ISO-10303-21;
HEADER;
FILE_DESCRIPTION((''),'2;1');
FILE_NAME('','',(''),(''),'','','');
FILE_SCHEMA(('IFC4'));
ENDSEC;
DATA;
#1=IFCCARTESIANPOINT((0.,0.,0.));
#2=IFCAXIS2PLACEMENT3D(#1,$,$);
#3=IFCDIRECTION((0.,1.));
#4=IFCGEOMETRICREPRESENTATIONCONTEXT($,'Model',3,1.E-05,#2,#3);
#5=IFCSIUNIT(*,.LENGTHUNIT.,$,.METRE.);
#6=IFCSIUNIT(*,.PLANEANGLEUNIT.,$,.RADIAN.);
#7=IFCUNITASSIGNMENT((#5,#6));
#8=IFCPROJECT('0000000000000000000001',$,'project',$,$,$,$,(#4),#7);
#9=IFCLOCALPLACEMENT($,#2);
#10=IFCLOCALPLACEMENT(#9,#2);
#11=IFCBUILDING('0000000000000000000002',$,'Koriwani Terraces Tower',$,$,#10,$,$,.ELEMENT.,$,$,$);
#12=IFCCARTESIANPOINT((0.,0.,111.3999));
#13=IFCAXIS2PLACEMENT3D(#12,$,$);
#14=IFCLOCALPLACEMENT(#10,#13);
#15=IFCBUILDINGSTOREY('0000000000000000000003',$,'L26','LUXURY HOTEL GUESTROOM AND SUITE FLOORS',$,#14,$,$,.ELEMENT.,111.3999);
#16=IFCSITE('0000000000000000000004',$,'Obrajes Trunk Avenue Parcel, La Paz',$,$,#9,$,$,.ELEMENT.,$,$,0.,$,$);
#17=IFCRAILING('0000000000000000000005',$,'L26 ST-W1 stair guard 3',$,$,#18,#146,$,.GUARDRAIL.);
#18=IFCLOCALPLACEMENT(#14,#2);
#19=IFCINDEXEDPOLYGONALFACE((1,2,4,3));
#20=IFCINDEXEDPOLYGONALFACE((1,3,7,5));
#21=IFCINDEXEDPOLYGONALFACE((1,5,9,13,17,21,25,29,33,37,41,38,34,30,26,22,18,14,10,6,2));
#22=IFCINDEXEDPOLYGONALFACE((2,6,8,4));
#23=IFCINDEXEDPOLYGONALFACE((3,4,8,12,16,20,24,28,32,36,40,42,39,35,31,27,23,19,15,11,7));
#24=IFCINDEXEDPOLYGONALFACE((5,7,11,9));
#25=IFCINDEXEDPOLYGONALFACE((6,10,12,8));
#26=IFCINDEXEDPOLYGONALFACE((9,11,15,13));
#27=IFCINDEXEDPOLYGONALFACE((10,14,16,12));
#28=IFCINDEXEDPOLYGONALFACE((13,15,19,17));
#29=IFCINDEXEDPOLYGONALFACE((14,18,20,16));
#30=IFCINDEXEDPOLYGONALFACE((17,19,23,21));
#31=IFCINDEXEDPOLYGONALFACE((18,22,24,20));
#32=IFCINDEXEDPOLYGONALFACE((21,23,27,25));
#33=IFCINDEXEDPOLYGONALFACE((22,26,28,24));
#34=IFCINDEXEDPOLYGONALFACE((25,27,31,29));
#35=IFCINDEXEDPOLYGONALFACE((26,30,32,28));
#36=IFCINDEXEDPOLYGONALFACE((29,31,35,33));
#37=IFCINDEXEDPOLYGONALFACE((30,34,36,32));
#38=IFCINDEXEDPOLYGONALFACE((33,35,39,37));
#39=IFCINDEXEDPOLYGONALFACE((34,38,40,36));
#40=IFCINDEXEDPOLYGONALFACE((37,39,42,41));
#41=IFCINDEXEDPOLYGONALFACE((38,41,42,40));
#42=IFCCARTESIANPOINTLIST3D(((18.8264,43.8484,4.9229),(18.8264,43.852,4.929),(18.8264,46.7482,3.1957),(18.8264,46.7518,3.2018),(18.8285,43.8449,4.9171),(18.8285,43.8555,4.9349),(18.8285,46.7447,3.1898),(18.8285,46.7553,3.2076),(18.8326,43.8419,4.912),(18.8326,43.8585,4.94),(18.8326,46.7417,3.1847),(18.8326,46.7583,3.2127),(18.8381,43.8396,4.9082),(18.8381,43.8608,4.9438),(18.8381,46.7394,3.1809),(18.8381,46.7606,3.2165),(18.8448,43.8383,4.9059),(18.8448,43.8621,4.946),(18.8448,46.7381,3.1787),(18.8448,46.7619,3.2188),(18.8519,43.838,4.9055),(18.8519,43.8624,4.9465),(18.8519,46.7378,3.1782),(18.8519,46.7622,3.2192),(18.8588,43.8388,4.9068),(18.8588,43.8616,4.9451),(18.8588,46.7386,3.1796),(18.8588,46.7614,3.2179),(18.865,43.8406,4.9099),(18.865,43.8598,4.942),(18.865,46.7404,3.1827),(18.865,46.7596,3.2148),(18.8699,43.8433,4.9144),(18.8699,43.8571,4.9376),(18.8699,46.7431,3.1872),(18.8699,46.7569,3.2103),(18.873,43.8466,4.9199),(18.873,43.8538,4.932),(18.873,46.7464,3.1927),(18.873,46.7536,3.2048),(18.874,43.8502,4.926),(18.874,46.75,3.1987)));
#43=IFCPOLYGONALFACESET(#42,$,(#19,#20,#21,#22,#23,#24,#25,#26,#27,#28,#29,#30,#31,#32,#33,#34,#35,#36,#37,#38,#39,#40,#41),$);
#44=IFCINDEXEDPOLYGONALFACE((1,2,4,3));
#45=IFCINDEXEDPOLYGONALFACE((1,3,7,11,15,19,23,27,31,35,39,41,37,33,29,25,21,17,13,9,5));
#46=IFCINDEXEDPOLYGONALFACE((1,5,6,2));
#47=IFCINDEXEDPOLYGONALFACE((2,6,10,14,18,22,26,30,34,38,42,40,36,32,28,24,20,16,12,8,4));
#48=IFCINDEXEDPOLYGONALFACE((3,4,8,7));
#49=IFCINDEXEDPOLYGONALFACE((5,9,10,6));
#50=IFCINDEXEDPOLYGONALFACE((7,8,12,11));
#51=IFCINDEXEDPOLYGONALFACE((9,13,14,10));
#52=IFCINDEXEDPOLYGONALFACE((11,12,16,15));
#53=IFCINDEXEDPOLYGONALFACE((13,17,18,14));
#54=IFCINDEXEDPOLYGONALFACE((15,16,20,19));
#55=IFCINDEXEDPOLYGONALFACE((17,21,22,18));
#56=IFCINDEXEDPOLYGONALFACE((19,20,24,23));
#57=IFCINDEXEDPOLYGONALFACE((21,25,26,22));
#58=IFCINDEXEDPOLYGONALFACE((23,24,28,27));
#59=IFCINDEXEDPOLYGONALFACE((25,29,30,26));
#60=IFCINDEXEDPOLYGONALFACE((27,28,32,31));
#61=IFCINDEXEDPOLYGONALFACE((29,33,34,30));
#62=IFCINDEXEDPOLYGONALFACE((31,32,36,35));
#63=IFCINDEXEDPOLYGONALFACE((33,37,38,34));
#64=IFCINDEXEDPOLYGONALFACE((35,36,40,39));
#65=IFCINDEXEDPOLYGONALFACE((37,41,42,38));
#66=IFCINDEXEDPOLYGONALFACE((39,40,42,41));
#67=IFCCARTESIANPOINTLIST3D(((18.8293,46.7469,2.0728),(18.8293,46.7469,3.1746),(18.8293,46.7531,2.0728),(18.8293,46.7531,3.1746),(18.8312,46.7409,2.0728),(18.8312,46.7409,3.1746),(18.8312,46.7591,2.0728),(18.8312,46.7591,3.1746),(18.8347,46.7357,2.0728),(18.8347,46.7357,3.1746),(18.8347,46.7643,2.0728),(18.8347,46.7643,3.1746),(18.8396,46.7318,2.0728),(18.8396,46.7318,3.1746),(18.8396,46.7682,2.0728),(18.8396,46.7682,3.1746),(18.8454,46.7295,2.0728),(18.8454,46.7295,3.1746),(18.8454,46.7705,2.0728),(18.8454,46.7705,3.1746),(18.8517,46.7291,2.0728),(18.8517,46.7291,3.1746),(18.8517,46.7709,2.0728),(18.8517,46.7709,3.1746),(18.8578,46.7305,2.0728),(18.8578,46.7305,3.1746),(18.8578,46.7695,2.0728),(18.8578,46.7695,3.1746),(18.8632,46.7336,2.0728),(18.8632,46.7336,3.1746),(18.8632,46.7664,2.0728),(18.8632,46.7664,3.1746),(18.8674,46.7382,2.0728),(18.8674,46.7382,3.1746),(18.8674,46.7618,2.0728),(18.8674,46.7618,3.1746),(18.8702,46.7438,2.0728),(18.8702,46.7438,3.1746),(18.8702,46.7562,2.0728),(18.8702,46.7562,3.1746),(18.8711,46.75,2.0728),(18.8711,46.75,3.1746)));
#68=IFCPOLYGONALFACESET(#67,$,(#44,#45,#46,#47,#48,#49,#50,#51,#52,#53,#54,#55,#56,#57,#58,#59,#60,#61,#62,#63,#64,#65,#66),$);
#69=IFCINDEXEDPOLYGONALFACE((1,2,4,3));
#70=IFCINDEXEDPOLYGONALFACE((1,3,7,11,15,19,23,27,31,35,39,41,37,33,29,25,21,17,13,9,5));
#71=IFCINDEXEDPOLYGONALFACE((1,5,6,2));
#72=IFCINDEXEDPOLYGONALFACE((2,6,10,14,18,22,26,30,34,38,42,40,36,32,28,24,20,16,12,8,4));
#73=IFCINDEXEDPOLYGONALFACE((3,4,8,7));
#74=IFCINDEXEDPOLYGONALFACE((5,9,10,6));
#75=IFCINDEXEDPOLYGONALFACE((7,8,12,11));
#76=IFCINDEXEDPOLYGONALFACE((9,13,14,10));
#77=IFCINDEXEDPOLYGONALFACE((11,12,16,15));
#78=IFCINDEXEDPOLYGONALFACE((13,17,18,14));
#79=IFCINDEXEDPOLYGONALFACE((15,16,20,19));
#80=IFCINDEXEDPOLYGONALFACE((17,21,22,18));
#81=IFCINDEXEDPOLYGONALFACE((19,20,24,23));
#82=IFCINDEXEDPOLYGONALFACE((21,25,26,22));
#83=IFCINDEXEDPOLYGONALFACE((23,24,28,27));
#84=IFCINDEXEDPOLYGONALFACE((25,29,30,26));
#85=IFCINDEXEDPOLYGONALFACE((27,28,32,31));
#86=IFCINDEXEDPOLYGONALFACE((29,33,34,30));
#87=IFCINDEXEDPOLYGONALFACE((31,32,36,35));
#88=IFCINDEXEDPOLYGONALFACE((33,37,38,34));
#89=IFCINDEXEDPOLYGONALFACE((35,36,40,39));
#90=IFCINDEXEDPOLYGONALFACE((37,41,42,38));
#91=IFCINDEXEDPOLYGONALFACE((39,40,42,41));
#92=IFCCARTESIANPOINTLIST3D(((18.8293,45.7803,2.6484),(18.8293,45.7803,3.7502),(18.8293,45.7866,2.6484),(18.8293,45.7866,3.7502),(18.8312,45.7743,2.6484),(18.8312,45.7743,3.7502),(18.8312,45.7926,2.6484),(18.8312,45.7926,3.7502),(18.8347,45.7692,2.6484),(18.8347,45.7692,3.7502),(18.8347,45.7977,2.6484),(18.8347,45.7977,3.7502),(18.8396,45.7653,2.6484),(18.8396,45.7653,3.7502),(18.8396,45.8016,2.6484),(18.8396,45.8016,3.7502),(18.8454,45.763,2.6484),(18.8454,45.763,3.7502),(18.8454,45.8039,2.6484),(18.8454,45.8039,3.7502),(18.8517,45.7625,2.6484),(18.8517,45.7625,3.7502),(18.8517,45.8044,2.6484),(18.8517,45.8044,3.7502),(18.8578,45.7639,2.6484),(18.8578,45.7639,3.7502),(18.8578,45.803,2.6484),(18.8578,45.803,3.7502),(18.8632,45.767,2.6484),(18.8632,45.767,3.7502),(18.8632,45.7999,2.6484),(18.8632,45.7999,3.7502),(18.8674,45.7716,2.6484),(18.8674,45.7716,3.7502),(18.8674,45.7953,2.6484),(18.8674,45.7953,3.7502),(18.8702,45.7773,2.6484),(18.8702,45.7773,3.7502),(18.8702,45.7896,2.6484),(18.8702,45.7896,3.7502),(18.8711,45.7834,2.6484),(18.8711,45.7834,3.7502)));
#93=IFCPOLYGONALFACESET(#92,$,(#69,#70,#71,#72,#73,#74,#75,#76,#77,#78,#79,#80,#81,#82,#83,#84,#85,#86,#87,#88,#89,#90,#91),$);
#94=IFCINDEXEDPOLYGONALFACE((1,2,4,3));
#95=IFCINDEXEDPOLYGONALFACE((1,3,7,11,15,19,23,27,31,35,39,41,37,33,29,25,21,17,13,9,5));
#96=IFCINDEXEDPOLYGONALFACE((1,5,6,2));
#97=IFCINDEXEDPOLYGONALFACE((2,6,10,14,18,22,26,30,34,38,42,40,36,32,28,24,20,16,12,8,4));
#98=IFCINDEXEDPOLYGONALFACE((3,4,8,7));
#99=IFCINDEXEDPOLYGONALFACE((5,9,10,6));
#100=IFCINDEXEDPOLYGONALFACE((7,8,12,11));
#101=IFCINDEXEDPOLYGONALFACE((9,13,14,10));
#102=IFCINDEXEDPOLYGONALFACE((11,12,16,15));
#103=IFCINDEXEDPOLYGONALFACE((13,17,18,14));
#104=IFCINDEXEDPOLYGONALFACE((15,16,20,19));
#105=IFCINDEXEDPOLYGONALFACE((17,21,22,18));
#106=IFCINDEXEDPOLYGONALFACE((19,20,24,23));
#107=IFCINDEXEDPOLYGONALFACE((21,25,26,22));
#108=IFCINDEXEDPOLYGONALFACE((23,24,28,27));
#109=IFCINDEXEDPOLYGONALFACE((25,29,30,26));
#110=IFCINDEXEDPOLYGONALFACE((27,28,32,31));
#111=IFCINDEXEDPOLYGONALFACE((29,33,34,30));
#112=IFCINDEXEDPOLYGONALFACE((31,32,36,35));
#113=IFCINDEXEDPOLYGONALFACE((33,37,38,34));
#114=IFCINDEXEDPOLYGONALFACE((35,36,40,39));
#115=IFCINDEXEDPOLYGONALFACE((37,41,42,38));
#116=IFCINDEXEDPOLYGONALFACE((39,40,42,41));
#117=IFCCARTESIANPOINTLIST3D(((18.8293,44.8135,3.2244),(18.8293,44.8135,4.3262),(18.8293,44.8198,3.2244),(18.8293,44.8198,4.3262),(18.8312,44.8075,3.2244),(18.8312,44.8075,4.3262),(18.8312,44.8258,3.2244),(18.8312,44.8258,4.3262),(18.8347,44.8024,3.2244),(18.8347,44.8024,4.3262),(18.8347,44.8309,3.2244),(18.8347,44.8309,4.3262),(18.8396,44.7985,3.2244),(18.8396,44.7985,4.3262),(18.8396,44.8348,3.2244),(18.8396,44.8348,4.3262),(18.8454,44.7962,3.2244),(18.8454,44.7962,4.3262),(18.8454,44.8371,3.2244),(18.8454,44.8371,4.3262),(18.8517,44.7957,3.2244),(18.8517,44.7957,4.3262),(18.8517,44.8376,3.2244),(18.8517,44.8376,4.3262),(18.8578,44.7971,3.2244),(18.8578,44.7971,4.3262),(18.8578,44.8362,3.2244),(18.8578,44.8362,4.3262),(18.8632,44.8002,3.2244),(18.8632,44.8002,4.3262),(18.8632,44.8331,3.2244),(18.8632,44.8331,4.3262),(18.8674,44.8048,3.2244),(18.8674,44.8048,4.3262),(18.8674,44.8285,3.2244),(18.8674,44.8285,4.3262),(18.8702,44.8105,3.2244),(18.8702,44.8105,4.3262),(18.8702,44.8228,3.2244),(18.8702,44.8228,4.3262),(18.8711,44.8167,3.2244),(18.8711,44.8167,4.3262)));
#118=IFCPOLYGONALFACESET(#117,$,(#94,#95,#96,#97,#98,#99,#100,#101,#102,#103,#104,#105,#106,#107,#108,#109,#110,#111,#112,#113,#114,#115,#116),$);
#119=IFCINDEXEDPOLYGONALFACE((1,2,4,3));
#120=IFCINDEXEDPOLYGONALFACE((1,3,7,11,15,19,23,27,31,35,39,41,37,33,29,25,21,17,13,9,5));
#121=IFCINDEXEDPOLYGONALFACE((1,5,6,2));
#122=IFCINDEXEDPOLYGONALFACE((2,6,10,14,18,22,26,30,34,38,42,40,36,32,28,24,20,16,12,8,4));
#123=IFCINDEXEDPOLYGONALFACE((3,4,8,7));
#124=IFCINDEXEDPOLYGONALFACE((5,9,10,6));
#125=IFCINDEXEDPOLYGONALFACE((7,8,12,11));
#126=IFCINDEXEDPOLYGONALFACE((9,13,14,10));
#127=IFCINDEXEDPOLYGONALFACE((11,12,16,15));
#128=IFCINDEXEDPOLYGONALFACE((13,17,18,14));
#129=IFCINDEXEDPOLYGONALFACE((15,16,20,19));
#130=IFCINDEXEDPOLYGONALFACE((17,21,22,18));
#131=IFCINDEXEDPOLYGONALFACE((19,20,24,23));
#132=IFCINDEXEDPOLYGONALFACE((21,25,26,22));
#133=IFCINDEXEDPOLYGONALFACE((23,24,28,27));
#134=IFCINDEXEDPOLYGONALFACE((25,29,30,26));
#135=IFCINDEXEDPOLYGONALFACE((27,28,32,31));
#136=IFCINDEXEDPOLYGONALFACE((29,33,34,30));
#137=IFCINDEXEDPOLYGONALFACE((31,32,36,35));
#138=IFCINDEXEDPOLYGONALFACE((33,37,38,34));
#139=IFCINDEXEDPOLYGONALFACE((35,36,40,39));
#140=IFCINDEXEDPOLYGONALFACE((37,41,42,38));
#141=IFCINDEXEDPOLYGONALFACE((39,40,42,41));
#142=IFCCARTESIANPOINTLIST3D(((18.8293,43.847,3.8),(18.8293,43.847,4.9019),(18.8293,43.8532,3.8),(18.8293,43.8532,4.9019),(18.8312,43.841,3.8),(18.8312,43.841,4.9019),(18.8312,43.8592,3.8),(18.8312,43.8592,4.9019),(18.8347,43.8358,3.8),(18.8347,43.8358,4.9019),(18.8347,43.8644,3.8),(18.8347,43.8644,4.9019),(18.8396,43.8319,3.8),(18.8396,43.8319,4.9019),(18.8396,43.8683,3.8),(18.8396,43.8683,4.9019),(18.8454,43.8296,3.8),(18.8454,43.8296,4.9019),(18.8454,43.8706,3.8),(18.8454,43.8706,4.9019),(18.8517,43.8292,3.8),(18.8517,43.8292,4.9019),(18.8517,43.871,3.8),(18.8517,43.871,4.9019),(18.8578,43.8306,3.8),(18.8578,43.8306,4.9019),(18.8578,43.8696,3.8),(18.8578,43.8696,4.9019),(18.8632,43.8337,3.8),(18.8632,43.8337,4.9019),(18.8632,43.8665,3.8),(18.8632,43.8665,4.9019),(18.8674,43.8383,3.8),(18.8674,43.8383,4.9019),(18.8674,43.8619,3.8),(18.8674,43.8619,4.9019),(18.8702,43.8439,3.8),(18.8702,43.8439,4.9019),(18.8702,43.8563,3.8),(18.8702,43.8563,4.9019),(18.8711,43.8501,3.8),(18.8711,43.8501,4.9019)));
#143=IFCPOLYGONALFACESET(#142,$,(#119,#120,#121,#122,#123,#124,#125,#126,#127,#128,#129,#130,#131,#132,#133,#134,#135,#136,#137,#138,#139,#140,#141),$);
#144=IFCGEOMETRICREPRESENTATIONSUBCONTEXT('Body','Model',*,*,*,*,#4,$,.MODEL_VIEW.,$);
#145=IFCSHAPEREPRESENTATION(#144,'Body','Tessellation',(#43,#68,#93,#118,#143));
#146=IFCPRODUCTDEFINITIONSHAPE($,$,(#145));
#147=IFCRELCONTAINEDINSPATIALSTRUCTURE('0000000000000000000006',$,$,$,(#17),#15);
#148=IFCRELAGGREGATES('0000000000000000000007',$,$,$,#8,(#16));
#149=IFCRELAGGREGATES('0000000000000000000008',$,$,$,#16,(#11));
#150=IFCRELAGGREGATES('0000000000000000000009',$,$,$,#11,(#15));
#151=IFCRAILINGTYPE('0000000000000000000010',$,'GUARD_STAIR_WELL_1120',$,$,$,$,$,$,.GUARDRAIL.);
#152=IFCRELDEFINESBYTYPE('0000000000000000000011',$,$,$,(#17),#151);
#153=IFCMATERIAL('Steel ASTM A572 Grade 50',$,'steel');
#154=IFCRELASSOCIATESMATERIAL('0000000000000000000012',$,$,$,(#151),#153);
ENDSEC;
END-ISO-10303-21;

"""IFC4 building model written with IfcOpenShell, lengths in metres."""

from ifc_helpers import new_model, si_unit, direction, frame, origin, origin_2d, place, context, subcontext, project, spatial, circle, extrude, material, type_object, element, save


model = new_model("IFC4")

# Units and contexts
model_context = context("Model", 3, precision=1e-05, world=origin(), true_north=direction((0.0, 1.0)))
body_context = subcontext(model_context, "Body", "Model", "MODEL_VIEW")
ifc_project = project(units=[si_unit("LENGTHUNIT", "METRE"), si_unit("PLANEANGLEUNIT", "RADIAN")], contexts=[model_context])

# Site, building, storey
site_placement = place(None, origin())
site = spatial("IfcSite", under=ifc_project, at=site_placement, Name="Obrajes Trunk Avenue Parcel, La Paz", CompositionType="ELEMENT", RefElevation=0.0)
building_placement = place(site_placement, origin())
building = spatial("IfcBuilding", under=site, at=building_placement, Name="Koriwani Terraces Tower", CompositionType="ELEMENT")
storey_placement = place(building_placement, frame((0.0, 0.0, 111.3999)))
storey = spatial("IfcBuildingStorey", under=building, at=storey_placement, Name="L26", Description="LUXURY HOTEL GUESTROOM AND SUITE FLOORS", CompositionType="ELEMENT", Elevation=111.3999)

# Shared definitions
ifc_material_1 = material(Name="Steel ASTM A572 Grade 50", Category="steel")

# Railing
railing_type_1 = type_object("IfcRailingType", Name="GUARD_STAIR_WELL_1120", PredefinedType="GUARDRAIL", material=ifc_material_1)
railing_1_placement = place(storey_placement, frame((18.8501, 46.75, 2.0728)))
element("IfcRailing", 1, at=railing_1_placement, inside=storey, type_object=railing_type_1, Name="L26 ST-W1 stair guard 3", PredefinedType="GUARDRAIL", context=body_context, shape_type="SweptSolid", body=[
    extrude(circle(Radius=0.0239, at=origin_2d()), frame((0.0, 0.0, 1.126), z_axis=(0.0, -0.859141, 0.511738), x_axis=(1.0, 0.0, 0.0)), (0.0, 0.0, 1.0), 3.3752),
    extrude(circle(Radius=0.021, at=origin_2d()), origin(), (0.0, 0.0, 1.0), 1.1018),
    extrude(circle(Radius=0.021, at=origin_2d()), frame((0.0, -0.9666, 0.5757)), (0.0, 0.0, 1.0), 1.1018),
    extrude(circle(Radius=0.021, at=origin_2d()), frame((0.0, -1.9333, 1.1516)), (0.0, 0.0, 1.0), 1.1018),
    extrude(circle(Radius=0.021, at=origin_2d()), frame((0.0, -2.8999, 1.7273)), (0.0, 0.0, 1.0), 1.1018),
])

save(model, "model.ifc")
